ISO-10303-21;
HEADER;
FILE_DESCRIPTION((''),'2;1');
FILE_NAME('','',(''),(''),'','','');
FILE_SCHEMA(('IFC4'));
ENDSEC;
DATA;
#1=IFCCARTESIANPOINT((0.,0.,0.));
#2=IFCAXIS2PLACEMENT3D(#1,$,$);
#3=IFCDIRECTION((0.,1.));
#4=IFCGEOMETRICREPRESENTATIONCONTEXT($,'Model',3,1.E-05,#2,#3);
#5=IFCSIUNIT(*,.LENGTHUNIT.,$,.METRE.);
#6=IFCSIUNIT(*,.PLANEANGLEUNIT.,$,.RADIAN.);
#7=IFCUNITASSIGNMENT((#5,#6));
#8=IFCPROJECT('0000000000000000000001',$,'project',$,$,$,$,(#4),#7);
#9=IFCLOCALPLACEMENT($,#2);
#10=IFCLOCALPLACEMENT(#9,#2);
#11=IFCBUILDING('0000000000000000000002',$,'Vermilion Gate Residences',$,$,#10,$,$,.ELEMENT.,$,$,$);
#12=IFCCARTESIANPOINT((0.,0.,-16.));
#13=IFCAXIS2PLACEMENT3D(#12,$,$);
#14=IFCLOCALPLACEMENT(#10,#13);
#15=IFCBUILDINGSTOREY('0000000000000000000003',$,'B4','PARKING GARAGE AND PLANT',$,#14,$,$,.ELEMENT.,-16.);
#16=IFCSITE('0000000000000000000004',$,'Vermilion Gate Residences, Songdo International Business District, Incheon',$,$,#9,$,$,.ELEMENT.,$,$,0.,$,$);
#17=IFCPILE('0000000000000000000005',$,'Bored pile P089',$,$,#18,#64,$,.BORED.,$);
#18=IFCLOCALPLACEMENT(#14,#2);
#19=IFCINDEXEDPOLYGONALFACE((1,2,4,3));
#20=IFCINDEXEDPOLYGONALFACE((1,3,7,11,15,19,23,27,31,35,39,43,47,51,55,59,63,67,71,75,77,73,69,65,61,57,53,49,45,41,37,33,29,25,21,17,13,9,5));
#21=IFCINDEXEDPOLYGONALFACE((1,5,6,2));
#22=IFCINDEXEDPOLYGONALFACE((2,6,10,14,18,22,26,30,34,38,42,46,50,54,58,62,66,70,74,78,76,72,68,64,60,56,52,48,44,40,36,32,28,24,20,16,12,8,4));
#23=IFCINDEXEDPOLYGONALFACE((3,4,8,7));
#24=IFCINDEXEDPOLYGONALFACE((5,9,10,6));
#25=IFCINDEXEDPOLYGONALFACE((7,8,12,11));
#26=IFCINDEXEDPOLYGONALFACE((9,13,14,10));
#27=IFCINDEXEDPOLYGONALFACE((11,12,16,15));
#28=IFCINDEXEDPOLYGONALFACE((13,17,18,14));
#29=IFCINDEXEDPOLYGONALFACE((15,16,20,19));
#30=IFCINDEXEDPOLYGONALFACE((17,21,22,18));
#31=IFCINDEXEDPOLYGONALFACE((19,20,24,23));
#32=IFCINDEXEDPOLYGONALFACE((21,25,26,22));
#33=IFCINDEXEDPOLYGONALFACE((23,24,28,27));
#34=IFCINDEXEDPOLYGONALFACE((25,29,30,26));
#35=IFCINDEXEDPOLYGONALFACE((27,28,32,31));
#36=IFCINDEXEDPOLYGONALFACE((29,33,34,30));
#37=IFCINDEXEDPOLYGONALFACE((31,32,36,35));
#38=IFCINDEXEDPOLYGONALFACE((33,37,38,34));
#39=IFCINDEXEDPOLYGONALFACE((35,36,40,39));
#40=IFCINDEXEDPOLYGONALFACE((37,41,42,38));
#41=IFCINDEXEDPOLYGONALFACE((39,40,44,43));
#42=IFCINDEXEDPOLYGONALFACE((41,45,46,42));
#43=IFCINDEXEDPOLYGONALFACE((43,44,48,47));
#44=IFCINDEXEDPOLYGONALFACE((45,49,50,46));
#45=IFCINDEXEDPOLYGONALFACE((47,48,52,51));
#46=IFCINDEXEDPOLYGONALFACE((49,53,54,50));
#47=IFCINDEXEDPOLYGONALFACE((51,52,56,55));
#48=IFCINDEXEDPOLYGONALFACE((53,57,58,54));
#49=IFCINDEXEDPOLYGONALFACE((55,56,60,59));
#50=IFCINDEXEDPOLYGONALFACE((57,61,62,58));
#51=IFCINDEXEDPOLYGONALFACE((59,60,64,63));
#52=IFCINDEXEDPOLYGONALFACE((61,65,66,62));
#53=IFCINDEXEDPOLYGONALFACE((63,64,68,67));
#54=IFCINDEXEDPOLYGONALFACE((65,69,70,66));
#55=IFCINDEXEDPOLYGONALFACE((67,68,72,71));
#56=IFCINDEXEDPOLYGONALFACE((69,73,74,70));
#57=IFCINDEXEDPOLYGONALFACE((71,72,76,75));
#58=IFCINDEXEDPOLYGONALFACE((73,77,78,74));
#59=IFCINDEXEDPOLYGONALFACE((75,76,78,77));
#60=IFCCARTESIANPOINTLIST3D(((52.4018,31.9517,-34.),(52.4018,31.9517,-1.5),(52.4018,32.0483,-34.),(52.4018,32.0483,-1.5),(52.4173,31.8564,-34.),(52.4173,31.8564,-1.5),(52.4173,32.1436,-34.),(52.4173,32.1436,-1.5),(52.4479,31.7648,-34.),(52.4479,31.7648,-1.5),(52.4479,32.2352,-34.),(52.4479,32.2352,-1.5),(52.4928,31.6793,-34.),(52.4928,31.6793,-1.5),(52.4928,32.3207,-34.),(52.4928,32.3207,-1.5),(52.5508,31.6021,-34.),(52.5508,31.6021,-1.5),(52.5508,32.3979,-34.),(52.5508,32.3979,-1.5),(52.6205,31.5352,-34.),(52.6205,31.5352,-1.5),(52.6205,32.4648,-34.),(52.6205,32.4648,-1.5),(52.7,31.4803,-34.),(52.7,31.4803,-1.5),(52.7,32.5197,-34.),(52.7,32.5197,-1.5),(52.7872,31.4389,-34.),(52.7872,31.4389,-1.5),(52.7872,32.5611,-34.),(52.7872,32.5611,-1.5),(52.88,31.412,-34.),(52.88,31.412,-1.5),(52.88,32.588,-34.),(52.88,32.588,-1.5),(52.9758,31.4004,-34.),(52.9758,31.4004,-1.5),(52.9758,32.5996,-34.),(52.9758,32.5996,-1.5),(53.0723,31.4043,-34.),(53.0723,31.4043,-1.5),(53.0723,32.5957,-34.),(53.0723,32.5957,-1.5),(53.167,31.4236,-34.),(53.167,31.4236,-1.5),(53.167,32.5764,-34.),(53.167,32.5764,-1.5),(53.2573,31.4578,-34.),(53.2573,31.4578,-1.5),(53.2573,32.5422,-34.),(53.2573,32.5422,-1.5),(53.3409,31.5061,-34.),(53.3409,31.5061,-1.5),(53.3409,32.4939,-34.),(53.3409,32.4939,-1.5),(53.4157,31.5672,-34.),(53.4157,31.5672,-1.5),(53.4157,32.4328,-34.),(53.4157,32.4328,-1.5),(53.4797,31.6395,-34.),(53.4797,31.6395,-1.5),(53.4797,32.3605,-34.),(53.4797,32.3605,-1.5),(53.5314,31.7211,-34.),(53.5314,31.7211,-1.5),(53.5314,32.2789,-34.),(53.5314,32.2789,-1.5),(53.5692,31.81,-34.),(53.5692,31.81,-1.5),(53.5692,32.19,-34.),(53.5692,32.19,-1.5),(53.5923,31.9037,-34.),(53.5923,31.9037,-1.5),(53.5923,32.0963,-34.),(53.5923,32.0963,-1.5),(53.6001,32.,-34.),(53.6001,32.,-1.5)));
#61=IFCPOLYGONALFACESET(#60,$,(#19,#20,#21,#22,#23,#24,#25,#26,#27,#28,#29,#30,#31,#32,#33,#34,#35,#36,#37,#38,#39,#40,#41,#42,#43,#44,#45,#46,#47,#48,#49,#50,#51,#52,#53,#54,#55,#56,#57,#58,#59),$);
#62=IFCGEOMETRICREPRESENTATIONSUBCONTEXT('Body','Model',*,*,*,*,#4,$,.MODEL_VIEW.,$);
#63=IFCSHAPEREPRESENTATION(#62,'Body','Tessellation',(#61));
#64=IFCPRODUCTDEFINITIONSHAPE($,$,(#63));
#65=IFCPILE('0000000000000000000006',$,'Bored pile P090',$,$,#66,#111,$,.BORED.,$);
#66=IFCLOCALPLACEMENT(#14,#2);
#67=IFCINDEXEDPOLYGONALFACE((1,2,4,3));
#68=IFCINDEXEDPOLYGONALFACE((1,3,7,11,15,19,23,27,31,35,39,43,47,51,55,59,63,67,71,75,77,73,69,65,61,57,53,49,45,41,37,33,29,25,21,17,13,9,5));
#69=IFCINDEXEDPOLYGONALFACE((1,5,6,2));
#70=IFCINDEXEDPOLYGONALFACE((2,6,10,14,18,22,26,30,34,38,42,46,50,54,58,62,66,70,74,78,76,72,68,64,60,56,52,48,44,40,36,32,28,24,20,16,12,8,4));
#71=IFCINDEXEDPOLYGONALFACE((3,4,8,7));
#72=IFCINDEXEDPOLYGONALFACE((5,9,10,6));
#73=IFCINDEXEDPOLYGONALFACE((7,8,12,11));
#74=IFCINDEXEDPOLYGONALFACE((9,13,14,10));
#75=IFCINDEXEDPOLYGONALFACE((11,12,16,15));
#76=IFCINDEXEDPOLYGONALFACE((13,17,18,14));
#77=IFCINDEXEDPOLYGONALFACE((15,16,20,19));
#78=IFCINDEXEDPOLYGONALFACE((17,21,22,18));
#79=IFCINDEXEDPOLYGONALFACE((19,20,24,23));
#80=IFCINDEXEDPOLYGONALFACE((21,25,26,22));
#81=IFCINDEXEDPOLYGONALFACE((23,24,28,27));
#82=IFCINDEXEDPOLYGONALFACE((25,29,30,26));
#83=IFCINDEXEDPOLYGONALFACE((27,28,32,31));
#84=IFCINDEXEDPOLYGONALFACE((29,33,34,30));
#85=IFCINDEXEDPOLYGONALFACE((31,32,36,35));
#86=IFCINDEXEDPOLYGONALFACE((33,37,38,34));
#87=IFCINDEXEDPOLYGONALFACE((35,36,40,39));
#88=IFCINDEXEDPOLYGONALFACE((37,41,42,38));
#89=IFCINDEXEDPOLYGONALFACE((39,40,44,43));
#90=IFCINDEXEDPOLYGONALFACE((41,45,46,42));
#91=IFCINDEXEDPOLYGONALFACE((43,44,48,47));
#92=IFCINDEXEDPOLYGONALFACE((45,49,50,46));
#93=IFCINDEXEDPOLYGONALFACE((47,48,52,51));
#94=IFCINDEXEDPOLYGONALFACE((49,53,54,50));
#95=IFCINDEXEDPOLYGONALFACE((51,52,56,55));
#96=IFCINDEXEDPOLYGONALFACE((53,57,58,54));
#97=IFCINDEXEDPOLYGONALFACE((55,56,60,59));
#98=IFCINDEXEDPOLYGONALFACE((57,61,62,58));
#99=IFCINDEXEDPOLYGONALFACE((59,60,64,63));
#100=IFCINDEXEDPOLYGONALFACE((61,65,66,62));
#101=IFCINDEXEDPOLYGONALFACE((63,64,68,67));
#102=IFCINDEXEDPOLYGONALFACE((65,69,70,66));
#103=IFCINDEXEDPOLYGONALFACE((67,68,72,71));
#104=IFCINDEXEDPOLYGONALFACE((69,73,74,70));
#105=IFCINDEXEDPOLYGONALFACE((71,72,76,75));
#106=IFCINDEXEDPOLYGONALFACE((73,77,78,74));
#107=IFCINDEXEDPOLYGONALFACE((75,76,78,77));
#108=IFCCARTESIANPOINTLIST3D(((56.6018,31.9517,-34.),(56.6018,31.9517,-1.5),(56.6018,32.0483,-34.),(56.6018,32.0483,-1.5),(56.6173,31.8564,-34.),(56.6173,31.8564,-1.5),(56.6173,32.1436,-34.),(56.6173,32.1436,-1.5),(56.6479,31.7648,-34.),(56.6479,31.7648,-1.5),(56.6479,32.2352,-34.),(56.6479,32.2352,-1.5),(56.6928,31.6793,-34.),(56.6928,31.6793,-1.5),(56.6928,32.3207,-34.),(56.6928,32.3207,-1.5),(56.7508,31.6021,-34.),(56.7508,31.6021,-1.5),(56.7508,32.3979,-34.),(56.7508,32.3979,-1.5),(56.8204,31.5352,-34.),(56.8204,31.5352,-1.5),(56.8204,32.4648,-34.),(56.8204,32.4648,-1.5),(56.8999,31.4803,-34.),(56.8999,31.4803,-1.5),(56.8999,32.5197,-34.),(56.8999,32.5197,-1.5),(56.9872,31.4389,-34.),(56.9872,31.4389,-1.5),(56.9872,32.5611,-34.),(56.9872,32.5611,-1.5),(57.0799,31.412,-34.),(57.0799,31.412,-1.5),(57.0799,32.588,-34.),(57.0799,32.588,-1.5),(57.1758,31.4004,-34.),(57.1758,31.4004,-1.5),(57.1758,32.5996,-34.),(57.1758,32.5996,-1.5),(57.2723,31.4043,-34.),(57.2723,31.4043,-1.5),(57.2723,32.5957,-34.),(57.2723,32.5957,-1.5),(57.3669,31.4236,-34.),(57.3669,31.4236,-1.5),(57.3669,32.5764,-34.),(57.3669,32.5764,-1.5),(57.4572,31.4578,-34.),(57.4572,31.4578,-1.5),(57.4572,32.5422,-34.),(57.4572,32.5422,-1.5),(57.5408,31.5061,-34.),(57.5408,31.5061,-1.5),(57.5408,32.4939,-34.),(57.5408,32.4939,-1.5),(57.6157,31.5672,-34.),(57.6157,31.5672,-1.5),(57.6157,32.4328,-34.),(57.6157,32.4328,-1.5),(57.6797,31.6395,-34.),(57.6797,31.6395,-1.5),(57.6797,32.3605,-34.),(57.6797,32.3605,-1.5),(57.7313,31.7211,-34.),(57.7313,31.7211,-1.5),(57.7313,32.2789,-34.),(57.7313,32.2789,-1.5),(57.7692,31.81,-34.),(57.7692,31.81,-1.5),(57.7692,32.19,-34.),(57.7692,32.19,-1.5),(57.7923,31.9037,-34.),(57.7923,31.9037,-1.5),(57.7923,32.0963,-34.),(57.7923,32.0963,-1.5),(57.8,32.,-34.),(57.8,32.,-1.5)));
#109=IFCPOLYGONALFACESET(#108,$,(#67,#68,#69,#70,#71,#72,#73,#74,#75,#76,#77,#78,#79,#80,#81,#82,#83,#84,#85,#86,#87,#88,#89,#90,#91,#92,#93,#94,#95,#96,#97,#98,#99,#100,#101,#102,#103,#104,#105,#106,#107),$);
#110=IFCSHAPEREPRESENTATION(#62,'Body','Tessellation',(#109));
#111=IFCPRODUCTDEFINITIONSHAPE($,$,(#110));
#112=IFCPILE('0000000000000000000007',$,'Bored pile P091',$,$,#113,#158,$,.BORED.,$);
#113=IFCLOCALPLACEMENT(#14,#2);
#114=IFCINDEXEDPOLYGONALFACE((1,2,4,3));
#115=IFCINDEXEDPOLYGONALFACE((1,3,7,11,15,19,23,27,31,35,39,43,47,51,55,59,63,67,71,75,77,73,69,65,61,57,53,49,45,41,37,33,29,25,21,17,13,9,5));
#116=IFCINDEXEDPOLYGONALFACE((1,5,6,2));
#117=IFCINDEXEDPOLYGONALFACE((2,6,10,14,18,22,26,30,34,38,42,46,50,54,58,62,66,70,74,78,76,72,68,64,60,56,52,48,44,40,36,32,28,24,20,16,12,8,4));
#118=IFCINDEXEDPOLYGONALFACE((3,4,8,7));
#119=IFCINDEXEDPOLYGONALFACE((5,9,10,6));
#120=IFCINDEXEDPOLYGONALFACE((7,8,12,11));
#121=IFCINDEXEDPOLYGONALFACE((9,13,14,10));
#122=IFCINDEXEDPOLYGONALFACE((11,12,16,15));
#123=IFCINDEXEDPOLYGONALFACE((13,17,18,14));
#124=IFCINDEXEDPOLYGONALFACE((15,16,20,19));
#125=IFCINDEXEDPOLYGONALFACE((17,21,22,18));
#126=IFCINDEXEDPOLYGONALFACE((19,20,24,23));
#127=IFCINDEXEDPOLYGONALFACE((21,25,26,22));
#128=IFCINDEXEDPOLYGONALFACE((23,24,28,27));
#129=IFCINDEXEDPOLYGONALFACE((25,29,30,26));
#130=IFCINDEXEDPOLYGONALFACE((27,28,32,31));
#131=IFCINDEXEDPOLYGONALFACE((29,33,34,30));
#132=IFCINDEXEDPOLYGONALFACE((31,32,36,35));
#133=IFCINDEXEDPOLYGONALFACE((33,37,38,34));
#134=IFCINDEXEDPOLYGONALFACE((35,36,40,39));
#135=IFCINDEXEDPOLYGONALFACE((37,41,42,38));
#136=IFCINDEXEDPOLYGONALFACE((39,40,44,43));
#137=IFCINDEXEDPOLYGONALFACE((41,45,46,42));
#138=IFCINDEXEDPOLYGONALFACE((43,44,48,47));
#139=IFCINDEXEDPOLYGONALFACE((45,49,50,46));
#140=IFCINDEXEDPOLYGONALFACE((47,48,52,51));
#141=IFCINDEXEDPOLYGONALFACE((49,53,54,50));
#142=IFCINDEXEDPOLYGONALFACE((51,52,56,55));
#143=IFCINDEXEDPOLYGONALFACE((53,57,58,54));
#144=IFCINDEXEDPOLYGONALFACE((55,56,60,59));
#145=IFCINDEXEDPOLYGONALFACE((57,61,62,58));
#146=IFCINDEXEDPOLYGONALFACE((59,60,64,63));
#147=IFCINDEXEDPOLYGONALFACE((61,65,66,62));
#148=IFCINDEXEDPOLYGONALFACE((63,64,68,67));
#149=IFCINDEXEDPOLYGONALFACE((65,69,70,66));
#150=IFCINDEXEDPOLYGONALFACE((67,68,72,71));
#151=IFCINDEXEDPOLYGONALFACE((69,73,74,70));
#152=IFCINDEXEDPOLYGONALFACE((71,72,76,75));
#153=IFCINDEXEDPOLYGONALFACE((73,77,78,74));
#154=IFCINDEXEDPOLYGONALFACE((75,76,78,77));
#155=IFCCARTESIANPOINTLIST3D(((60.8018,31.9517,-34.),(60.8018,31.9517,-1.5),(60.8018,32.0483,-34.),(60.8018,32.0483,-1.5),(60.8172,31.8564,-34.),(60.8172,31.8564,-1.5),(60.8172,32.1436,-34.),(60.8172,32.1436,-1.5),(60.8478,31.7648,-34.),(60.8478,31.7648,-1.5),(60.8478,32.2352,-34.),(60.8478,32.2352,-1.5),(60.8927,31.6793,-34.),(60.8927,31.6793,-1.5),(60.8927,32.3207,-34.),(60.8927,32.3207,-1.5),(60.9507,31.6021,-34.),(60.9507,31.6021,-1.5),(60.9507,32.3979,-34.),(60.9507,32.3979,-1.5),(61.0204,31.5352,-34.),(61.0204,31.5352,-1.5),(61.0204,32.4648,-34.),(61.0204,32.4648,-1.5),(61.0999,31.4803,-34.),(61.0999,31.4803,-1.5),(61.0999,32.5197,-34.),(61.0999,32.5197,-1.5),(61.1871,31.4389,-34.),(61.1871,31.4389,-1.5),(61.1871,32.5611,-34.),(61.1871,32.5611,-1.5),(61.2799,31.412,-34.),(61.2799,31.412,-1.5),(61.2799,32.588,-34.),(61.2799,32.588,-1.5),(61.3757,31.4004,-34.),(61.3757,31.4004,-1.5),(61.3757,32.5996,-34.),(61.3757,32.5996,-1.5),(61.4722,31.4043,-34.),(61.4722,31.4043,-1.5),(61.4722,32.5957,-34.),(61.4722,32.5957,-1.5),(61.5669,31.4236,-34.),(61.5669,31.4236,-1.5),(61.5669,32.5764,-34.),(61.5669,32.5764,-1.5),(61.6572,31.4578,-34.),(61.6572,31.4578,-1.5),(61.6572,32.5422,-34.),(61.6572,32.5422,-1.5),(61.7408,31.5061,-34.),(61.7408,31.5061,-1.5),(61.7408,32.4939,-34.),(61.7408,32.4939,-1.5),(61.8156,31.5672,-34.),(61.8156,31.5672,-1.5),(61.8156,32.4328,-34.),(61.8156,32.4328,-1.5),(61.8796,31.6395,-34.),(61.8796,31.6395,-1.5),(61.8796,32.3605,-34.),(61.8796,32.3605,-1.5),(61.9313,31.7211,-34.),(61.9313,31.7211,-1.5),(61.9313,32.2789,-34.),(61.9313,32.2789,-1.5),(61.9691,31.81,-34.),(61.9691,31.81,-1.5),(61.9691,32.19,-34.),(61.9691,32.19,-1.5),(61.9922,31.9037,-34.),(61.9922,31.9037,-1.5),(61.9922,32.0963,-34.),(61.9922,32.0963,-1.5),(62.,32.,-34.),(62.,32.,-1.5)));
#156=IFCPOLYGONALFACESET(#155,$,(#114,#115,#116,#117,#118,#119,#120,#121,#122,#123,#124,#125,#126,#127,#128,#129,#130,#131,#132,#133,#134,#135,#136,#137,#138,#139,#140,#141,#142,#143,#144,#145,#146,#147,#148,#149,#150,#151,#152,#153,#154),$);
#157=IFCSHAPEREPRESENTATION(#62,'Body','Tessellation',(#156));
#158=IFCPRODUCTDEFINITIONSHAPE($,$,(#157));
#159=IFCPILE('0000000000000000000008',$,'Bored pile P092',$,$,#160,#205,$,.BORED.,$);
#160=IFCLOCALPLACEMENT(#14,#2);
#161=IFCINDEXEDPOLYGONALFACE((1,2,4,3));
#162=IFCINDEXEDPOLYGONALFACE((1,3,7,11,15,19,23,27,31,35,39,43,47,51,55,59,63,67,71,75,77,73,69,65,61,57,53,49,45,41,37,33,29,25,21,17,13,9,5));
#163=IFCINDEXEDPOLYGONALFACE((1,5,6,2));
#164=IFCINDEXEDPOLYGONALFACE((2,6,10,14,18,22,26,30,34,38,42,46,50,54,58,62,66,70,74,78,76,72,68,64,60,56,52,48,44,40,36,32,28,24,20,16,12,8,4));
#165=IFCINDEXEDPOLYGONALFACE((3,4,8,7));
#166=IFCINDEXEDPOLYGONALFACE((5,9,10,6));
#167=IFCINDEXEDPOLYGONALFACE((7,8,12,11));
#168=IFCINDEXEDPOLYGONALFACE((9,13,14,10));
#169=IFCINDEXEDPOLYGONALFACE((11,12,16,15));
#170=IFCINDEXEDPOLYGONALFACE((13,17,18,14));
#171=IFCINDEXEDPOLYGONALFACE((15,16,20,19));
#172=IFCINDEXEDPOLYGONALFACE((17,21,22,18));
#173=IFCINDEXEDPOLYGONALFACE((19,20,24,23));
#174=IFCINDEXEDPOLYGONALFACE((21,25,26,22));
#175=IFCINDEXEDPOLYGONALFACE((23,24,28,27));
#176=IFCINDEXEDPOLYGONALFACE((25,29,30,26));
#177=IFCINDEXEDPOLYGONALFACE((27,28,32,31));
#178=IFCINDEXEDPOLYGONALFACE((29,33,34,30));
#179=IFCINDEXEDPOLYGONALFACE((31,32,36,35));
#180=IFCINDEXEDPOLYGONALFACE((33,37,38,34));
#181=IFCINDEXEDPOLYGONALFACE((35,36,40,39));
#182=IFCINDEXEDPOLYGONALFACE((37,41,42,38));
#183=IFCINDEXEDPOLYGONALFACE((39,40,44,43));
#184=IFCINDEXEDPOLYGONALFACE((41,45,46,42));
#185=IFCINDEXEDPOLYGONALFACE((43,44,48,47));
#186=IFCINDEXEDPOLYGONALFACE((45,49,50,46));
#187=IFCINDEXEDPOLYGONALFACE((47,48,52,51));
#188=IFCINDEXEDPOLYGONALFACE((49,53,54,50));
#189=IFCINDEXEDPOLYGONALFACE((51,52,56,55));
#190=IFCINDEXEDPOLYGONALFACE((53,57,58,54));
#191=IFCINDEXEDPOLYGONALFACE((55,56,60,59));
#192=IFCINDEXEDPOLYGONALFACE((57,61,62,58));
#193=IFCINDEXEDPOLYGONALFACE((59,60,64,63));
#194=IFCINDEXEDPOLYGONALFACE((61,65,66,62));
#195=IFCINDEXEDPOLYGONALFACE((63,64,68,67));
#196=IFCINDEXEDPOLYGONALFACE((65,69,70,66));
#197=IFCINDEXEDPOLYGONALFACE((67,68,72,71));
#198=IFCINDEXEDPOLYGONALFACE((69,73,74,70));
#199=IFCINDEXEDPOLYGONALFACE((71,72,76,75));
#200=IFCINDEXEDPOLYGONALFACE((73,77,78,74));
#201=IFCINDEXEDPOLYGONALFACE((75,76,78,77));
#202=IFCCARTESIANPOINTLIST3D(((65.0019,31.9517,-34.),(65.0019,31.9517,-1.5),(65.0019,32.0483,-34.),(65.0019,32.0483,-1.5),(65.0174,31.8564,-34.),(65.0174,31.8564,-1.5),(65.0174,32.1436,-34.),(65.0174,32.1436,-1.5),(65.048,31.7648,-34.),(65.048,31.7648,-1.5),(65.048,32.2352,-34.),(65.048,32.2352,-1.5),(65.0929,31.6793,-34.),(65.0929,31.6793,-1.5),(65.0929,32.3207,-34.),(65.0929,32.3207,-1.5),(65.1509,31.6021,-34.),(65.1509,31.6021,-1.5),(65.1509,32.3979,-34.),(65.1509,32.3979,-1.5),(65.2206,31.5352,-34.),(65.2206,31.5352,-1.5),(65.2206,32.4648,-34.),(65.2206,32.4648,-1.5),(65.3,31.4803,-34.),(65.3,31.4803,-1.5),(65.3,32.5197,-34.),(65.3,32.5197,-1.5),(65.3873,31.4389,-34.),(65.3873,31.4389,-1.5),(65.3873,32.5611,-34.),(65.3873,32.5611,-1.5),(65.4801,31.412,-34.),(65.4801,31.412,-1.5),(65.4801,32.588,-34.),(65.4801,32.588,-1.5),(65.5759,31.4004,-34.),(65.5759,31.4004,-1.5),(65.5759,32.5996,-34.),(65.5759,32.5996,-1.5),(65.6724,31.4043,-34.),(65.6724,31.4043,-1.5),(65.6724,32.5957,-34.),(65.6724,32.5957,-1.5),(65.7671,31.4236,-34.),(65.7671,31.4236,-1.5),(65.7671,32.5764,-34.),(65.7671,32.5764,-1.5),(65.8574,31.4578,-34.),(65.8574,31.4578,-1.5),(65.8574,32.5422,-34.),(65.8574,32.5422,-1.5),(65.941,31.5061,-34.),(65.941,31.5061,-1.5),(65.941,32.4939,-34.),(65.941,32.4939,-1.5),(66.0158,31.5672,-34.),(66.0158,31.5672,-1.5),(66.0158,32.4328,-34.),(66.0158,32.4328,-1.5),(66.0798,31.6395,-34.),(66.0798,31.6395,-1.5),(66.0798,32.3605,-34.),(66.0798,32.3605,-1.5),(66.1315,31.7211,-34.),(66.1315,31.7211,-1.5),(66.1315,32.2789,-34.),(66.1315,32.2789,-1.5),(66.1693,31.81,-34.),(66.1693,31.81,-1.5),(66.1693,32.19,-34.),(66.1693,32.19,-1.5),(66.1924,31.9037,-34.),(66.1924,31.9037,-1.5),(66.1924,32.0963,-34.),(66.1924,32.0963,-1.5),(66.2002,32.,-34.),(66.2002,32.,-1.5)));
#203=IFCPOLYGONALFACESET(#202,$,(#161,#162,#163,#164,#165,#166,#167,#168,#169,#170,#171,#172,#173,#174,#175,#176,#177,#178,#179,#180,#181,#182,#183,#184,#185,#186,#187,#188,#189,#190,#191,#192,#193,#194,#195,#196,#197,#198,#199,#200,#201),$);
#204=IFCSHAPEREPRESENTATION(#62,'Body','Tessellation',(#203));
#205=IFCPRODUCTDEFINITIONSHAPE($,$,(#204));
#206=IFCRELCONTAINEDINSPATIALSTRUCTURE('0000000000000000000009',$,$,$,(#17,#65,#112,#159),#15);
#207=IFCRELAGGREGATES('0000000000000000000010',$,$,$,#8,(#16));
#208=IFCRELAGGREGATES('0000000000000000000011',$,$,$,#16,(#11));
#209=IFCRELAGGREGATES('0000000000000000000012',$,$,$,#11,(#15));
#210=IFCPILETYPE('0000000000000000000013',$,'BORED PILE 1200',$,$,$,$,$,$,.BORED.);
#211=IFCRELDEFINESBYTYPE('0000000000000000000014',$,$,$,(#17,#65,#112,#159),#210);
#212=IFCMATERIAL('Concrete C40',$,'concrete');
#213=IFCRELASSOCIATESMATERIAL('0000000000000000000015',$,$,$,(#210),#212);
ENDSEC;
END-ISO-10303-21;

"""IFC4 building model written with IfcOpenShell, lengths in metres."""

from ifc_helpers import new_model, si_unit, direction, frame, origin, origin_2d, place, context, subcontext, project, spatial, circle, extrude, material, material_profile, profile_set, type_object, element, save


model = new_model("IFC4")

# Units and contexts
model_context = context("Model", 3, precision=1e-05, world=origin(), true_north=direction((0.0, 1.0)))
body_context = subcontext(model_context, "Body", "Model", "MODEL_VIEW")
ifc_project = project(units=[si_unit("LENGTHUNIT", "METRE"), si_unit("PLANEANGLEUNIT", "RADIAN")], contexts=[model_context])

# Site, building, storey
site_placement = place(None, origin())
site = spatial("IfcSite", under=ifc_project, at=site_placement, Name="Vermilion Gate Residences, Songdo International Business District, Incheon", CompositionType="ELEMENT", RefElevation=0.0)
building_placement = place(site_placement, origin())
building = spatial("IfcBuilding", under=site, at=building_placement, Name="Vermilion Gate Residences", CompositionType="ELEMENT")
storey_placement = place(building_placement, frame((0.0, 0.0, -16.0)))
storey = spatial("IfcBuildingStorey", under=building, at=storey_placement, Name="B4", Description="PARKING GARAGE AND PLANT", CompositionType="ELEMENT", Elevation=-16.0)

# Piles
ifc_material_1 = material(Name="Concrete C40", Category="concrete")
ifc_material_profile_1 = material_profile(ifc_material_1, circle(Radius=0.6001, at=origin_2d()), Name="BORED PILE 1200")
ifc_profile_set_1 = profile_set([ifc_material_profile_1], Name="Concrete C40")
pile_type_1 = type_object("IfcPileType", Name="BORED PILE 1200", PredefinedType="BORED", material=ifc_profile_set_1)
for number, where, z_axis, x_axis, name in (
    (1, (53.0, 32.0, -1.5), (0.0, 0.0, -1.0), (1.0, 0.0, 0.0), "Bored pile P089"),
    (2, (57.2, 32.0, -1.5), (0.0, 0.0, -1.0), (1.0, 0.0, 0.0), "Bored pile P090"),
    (3, (61.3999, 32.0, -1.5), (0.0, 0.0, -1.0), (1.0, 0.0, 0.0), "Bored pile P091"),
    (4, (65.6001, 32.0, -1.5), (0.0, 0.0, -1.0), (1.0, 0.0, 0.0), "Bored pile P092"),
):
    element("IfcPile", number, at=place(storey_placement, frame(where, z_axis=z_axis, x_axis=x_axis)), inside=storey, type_object=pile_type_1, Name=name, PredefinedType="BORED", context=body_context, shape_type="SweptSolid", body=[
        extrude(circle(Radius=0.6001, at=origin_2d()), origin(), (0.0, 0.0, 1.0), 32.5),
    ])

save(model, "model.ifc")
